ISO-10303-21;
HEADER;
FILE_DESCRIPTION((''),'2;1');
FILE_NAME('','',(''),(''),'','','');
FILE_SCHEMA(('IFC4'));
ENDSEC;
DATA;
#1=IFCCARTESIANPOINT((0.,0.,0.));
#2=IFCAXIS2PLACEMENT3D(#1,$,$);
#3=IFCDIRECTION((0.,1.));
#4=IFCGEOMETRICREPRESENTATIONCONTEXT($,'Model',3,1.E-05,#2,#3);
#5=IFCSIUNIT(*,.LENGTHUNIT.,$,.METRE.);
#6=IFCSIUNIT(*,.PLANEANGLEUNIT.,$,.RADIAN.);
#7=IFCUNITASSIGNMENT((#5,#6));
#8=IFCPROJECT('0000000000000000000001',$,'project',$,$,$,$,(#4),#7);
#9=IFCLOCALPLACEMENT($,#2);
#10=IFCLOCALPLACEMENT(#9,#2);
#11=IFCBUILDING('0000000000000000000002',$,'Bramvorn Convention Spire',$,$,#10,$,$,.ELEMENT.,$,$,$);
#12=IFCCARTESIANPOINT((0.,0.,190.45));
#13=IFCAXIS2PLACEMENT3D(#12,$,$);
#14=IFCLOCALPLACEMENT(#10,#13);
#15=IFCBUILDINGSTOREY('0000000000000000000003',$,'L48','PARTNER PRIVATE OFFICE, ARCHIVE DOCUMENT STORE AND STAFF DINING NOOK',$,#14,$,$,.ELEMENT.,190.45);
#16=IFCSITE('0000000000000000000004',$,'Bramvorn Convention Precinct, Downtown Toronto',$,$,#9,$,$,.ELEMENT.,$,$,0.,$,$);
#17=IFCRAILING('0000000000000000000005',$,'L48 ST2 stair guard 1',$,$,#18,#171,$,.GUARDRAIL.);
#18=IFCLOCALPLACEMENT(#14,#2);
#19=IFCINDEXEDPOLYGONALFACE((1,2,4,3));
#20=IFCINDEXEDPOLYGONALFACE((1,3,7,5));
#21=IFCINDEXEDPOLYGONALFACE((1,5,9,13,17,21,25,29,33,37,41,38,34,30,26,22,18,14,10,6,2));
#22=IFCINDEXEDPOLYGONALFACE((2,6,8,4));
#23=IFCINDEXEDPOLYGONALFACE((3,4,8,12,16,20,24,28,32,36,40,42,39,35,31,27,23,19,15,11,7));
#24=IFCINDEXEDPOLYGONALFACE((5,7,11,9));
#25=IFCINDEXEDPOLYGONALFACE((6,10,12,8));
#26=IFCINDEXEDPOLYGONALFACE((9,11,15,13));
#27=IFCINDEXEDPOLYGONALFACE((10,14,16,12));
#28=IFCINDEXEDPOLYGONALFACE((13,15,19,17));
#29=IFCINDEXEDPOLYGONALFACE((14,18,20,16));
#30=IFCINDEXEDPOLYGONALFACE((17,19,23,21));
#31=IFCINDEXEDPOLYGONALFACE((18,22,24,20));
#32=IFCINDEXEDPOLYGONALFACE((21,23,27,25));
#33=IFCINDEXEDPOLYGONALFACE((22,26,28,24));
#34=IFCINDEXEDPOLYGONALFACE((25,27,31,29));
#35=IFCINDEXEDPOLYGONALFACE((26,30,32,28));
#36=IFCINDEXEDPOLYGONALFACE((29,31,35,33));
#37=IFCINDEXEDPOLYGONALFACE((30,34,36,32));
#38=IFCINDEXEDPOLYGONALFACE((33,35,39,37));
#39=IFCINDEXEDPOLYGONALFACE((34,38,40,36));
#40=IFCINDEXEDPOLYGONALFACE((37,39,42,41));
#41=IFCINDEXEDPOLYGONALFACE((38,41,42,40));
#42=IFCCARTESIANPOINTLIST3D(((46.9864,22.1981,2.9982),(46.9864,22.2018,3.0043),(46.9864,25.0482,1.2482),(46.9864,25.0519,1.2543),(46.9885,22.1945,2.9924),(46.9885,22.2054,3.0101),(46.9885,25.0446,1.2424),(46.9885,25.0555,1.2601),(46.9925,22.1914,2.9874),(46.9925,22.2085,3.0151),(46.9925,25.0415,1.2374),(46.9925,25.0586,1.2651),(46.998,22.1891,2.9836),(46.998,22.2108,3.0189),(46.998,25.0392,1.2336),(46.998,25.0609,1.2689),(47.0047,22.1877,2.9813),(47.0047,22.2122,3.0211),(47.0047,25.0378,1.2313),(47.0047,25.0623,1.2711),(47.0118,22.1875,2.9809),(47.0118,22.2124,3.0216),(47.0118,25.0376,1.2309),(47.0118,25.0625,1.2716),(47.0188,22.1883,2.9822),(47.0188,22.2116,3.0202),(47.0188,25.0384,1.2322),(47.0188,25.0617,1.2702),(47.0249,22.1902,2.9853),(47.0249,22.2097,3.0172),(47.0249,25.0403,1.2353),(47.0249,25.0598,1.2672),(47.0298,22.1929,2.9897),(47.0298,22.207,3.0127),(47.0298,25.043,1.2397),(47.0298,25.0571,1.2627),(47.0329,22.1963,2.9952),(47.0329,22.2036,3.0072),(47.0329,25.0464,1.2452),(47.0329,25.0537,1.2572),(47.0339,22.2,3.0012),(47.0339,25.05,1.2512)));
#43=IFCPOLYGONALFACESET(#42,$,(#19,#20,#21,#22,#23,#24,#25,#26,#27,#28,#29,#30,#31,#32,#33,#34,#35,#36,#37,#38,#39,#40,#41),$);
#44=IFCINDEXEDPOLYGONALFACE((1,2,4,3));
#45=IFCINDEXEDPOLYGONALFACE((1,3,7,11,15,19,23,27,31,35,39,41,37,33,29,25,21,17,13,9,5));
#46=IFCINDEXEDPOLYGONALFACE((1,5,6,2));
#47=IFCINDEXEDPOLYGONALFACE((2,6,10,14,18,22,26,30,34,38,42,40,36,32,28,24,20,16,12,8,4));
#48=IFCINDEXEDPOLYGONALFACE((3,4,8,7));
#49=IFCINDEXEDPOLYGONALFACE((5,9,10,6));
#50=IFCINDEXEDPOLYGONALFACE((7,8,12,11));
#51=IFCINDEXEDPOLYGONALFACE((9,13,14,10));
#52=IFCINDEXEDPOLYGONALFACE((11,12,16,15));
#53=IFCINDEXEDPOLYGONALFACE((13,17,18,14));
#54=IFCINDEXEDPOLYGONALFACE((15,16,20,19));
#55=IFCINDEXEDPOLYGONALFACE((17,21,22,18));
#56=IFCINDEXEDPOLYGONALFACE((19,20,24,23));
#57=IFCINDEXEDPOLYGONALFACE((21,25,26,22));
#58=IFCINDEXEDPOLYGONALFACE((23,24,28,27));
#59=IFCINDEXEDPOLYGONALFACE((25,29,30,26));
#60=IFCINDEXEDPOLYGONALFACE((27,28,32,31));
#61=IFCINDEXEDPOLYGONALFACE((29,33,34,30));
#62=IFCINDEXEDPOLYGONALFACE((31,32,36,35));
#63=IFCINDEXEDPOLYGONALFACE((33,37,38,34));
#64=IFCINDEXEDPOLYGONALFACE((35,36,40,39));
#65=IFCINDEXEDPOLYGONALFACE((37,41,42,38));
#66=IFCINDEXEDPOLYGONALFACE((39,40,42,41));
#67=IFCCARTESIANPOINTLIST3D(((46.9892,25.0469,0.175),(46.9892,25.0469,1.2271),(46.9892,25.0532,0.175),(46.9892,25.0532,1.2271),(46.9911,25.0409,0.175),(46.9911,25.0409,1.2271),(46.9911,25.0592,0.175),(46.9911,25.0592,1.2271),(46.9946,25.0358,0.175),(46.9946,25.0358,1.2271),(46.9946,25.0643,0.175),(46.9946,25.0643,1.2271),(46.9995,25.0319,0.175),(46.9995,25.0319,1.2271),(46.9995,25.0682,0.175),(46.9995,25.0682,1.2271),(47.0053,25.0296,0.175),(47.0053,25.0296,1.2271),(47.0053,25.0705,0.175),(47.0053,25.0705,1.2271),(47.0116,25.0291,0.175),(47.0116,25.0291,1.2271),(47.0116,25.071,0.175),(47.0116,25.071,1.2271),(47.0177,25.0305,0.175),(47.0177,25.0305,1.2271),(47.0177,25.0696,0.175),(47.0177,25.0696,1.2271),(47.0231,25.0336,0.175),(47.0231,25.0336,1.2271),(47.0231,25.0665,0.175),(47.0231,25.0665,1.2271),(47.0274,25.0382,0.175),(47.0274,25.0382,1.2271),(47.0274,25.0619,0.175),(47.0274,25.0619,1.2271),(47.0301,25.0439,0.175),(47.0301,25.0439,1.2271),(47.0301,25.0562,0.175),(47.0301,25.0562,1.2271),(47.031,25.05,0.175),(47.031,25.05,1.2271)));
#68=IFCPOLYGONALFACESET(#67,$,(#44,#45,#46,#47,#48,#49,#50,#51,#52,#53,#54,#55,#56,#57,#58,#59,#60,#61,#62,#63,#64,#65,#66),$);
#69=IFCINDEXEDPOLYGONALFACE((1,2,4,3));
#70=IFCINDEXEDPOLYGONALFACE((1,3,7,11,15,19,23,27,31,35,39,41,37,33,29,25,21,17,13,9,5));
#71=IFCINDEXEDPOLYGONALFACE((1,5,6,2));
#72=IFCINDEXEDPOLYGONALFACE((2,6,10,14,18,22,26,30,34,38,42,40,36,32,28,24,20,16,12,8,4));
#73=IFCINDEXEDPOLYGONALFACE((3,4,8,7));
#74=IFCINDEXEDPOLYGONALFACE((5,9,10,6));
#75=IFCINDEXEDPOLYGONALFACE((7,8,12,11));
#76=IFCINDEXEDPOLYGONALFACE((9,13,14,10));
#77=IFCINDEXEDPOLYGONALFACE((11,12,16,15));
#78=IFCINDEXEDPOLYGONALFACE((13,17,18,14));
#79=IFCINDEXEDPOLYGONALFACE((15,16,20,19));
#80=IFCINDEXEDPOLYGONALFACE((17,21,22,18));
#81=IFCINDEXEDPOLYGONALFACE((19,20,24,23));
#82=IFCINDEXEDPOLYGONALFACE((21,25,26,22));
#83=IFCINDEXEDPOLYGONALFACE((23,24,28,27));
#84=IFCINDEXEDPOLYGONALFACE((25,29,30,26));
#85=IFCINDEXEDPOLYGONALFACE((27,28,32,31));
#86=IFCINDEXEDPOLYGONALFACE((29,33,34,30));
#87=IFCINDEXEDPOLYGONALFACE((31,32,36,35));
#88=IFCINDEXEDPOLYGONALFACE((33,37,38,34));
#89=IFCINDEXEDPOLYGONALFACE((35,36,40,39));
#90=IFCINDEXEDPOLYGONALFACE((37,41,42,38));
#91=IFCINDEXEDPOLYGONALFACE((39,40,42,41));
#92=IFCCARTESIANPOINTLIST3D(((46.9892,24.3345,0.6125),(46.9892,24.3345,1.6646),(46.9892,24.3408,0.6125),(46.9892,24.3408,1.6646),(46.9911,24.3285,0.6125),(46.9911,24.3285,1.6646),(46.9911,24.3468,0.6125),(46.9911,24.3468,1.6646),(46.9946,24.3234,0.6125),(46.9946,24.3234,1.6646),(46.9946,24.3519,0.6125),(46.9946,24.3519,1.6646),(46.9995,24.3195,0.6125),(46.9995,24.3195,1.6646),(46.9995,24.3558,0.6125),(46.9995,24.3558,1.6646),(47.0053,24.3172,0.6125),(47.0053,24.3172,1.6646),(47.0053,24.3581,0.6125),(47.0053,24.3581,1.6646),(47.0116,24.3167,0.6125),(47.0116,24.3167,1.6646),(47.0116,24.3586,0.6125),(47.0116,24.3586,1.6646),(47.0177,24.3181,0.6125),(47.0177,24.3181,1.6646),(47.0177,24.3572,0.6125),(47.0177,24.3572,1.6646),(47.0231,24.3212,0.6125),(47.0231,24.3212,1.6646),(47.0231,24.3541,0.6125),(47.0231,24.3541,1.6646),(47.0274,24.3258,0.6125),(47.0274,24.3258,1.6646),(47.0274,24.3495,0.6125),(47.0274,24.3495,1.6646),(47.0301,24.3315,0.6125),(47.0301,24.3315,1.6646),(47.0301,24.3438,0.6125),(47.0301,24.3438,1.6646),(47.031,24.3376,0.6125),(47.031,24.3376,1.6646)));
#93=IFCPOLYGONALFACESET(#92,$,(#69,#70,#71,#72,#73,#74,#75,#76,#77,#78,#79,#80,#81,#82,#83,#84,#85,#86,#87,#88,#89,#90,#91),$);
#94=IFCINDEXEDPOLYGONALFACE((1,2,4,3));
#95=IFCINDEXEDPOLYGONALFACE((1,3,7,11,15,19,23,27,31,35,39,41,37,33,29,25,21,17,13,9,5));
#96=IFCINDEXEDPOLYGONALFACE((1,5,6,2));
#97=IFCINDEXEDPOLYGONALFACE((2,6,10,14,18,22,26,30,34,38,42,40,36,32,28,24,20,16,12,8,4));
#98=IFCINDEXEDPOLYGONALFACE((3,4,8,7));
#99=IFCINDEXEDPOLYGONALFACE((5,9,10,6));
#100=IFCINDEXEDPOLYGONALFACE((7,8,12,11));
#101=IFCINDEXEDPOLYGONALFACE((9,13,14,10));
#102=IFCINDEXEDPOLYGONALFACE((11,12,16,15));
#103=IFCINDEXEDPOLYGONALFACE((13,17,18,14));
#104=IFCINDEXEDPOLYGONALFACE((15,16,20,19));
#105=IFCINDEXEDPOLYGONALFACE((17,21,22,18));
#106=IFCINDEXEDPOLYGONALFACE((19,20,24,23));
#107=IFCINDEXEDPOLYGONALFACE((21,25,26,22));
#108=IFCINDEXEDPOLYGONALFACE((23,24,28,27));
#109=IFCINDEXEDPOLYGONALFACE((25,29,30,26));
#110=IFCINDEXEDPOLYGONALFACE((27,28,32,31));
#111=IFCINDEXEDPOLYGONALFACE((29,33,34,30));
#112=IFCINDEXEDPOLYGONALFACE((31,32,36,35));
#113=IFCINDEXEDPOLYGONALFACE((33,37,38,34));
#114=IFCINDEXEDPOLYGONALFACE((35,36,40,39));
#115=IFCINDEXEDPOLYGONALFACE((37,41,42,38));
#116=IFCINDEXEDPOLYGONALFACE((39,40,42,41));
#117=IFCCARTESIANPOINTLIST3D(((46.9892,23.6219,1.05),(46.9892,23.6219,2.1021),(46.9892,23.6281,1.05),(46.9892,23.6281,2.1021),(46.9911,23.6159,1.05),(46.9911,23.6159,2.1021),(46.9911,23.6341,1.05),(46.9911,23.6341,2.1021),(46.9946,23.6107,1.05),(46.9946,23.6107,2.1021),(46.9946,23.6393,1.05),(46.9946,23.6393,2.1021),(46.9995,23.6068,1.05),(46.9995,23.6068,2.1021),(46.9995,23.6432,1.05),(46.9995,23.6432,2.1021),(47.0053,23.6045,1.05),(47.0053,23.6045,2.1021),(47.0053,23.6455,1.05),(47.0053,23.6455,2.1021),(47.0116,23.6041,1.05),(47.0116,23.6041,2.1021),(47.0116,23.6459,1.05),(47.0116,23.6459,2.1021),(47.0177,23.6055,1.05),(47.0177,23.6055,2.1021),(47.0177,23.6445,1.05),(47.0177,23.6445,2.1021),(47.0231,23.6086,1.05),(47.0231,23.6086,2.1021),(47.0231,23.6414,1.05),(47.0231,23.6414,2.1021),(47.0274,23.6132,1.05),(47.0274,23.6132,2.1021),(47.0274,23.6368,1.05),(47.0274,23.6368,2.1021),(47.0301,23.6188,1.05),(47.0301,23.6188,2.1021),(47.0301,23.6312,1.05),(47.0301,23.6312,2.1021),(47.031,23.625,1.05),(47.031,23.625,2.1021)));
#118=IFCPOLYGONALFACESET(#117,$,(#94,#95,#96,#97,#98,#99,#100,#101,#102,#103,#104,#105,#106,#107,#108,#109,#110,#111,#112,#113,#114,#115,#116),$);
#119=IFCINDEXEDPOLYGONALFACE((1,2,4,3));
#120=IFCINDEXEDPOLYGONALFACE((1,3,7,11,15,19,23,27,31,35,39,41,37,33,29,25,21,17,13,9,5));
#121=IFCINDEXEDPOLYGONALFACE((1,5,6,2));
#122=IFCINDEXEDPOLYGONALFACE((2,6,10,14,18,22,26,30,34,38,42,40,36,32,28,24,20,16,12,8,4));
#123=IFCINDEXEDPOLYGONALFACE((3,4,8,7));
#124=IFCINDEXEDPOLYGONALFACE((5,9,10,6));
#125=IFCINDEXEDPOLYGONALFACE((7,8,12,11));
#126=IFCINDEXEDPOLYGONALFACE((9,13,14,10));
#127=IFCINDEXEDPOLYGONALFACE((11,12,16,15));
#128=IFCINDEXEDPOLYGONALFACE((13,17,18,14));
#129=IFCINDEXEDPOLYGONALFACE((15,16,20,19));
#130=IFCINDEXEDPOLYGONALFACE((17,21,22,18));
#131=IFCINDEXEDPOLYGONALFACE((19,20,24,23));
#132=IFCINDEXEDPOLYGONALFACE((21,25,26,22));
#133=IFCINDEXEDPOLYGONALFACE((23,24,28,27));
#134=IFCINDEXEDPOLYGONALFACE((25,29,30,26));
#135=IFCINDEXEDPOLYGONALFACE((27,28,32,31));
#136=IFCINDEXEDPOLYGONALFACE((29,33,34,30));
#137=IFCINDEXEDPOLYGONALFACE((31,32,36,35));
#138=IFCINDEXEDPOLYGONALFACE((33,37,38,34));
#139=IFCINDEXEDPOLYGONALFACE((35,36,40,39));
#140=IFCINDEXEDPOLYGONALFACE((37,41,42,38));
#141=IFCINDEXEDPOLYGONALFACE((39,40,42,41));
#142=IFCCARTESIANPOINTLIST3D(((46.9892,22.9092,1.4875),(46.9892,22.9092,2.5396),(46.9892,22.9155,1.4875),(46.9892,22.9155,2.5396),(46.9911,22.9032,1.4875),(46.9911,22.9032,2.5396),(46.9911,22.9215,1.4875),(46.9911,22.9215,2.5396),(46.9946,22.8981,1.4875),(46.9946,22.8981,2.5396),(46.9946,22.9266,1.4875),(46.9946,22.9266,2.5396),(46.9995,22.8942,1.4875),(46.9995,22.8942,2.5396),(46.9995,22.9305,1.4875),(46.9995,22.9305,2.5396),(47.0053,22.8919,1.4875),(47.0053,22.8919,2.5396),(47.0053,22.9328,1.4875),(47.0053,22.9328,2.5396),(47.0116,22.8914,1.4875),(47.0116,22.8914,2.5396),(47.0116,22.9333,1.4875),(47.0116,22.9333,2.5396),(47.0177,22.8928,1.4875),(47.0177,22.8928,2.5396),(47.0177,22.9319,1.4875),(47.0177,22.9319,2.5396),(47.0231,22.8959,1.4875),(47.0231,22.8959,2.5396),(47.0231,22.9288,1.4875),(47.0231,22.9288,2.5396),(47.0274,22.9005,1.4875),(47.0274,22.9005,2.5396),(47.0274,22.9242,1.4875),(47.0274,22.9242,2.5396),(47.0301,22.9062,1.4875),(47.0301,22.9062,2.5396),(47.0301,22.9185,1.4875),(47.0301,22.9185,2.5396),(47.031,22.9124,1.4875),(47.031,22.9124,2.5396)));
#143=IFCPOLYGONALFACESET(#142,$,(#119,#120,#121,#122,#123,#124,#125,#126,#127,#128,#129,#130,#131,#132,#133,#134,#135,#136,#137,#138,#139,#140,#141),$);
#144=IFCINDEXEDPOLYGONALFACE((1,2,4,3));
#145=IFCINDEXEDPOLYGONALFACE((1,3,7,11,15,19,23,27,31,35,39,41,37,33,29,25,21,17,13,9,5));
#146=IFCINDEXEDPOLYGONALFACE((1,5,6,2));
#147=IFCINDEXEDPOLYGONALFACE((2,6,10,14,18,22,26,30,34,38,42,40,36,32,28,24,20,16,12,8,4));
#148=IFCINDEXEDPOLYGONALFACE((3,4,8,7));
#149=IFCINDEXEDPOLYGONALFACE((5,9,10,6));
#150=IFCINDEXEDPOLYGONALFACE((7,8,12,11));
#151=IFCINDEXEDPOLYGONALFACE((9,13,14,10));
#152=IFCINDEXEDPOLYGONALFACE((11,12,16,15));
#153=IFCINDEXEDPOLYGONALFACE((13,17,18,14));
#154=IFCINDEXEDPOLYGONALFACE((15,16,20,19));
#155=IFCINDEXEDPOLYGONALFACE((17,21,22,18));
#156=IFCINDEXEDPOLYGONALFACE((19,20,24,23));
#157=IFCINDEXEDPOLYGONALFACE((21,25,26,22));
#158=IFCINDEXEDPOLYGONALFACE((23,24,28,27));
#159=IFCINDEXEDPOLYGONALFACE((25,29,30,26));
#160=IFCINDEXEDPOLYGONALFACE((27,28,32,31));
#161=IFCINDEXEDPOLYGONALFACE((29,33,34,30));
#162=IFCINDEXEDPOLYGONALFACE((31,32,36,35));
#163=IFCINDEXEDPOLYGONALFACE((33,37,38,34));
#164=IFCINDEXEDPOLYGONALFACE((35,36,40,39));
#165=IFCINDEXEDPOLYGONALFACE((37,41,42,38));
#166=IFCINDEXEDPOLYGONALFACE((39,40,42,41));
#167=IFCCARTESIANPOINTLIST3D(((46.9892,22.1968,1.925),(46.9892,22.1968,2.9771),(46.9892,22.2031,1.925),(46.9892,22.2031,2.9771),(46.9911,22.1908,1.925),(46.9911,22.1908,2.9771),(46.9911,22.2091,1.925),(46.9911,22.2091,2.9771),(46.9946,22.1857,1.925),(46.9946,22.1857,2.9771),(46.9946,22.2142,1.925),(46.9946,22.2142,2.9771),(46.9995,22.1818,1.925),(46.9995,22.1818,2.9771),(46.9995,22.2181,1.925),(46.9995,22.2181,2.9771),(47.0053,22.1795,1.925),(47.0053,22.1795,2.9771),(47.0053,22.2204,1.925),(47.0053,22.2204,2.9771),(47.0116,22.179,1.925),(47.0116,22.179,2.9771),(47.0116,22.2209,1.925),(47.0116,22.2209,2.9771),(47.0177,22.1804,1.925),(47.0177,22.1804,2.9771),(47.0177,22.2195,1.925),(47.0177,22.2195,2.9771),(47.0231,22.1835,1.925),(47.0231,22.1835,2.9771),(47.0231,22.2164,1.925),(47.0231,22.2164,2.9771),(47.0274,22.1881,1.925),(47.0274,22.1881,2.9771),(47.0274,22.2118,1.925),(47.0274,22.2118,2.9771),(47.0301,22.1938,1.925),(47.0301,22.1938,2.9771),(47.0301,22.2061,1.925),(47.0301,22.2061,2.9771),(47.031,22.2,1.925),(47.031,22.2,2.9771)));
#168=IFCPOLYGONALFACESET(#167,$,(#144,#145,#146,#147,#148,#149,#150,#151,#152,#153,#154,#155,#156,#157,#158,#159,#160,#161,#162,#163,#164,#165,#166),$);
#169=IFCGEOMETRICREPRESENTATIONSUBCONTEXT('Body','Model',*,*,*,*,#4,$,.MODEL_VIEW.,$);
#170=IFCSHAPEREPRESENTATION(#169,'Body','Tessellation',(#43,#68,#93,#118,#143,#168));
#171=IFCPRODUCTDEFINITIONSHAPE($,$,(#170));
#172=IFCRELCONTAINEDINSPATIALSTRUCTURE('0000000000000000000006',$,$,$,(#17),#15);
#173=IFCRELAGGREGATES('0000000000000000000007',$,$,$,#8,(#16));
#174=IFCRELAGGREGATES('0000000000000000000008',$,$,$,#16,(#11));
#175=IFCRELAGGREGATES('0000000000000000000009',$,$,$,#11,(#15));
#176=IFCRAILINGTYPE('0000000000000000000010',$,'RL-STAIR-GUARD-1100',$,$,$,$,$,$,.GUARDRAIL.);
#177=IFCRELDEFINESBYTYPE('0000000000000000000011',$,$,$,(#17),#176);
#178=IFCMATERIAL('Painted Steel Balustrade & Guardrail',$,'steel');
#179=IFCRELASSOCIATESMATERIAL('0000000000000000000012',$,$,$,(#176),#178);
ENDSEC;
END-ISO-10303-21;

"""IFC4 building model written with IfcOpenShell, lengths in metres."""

from ifc_helpers import new_model, si_unit, direction, frame, origin, origin_2d, place, context, subcontext, project, spatial, circle, extrude, material, type_object, element, save


model = new_model("IFC4")

# Units and contexts
model_context = context("Model", 3, precision=1e-05, world=origin(), true_north=direction((0.0, 1.0)))
body_context = subcontext(model_context, "Body", "Model", "MODEL_VIEW")
ifc_project = project(units=[si_unit("LENGTHUNIT", "METRE"), si_unit("PLANEANGLEUNIT", "RADIAN")], contexts=[model_context])

# Site, building, storey
site_placement = place(None, origin())
site = spatial("IfcSite", under=ifc_project, at=site_placement, Name="Bramvorn Convention Precinct, Downtown Toronto", CompositionType="ELEMENT", RefElevation=0.0)
building_placement = place(site_placement, origin())
building = spatial("IfcBuilding", under=site, at=building_placement, Name="Bramvorn Convention Spire", CompositionType="ELEMENT")
storey_placement = place(building_placement, frame((0.0, 0.0, 190.45)))
storey = spatial("IfcBuildingStorey", under=building, at=storey_placement, Name="L48", Description="PARTNER PRIVATE OFFICE, ARCHIVE DOCUMENT STORE AND STAFF DINING NOOK", CompositionType="ELEMENT", Elevation=190.45)

# Railing
ifc_material_1 = material(Name="Painted Steel Balustrade & Guardrail", Category="steel")
railing_type_1 = type_object("IfcRailingType", Name="RL-STAIR-GUARD-1100", PredefinedType="GUARDRAIL", material=ifc_material_1)
railing_1_placement = place(storey_placement, frame((47.01, 25.05, 0.175)))
element("IfcRailing", 1, at=railing_1_placement, inside=storey, type_object=railing_type_1, Name="L48 ST2 stair guard 1", PredefinedType="GUARDRAIL", context=body_context, shape_type="SweptSolid", body=[
    extrude(circle(Radius=0.0239, at=origin_2d()), frame((0.0, 0.0, 1.0762), z_axis=(0.0, -0.852179, 0.52325), x_axis=(1.0, 0.0, 0.0)), (0.0, 0.0, 1.0), 3.3445),
    extrude(circle(Radius=0.021, at=origin_2d()), origin(), (0.0, 0.0, 1.0), 1.052),
    extrude(circle(Radius=0.021, at=origin_2d()), frame((0.0, -0.7124, 0.4375)), (0.0, 0.0, 1.0), 1.052),
    extrude(circle(Radius=0.021, at=origin_2d()), frame((0.0, -1.425, 0.875)), (0.0, 0.0, 1.0), 1.052),
    extrude(circle(Radius=0.021, at=origin_2d()), frame((0.0, -2.1377, 1.3125)), (0.0, 0.0, 1.0), 1.052),
    extrude(circle(Radius=0.021, at=origin_2d()), frame((0.0, -2.8501, 1.75)), (0.0, 0.0, 1.0), 1.052),
])

save(model, "model.ifc")
